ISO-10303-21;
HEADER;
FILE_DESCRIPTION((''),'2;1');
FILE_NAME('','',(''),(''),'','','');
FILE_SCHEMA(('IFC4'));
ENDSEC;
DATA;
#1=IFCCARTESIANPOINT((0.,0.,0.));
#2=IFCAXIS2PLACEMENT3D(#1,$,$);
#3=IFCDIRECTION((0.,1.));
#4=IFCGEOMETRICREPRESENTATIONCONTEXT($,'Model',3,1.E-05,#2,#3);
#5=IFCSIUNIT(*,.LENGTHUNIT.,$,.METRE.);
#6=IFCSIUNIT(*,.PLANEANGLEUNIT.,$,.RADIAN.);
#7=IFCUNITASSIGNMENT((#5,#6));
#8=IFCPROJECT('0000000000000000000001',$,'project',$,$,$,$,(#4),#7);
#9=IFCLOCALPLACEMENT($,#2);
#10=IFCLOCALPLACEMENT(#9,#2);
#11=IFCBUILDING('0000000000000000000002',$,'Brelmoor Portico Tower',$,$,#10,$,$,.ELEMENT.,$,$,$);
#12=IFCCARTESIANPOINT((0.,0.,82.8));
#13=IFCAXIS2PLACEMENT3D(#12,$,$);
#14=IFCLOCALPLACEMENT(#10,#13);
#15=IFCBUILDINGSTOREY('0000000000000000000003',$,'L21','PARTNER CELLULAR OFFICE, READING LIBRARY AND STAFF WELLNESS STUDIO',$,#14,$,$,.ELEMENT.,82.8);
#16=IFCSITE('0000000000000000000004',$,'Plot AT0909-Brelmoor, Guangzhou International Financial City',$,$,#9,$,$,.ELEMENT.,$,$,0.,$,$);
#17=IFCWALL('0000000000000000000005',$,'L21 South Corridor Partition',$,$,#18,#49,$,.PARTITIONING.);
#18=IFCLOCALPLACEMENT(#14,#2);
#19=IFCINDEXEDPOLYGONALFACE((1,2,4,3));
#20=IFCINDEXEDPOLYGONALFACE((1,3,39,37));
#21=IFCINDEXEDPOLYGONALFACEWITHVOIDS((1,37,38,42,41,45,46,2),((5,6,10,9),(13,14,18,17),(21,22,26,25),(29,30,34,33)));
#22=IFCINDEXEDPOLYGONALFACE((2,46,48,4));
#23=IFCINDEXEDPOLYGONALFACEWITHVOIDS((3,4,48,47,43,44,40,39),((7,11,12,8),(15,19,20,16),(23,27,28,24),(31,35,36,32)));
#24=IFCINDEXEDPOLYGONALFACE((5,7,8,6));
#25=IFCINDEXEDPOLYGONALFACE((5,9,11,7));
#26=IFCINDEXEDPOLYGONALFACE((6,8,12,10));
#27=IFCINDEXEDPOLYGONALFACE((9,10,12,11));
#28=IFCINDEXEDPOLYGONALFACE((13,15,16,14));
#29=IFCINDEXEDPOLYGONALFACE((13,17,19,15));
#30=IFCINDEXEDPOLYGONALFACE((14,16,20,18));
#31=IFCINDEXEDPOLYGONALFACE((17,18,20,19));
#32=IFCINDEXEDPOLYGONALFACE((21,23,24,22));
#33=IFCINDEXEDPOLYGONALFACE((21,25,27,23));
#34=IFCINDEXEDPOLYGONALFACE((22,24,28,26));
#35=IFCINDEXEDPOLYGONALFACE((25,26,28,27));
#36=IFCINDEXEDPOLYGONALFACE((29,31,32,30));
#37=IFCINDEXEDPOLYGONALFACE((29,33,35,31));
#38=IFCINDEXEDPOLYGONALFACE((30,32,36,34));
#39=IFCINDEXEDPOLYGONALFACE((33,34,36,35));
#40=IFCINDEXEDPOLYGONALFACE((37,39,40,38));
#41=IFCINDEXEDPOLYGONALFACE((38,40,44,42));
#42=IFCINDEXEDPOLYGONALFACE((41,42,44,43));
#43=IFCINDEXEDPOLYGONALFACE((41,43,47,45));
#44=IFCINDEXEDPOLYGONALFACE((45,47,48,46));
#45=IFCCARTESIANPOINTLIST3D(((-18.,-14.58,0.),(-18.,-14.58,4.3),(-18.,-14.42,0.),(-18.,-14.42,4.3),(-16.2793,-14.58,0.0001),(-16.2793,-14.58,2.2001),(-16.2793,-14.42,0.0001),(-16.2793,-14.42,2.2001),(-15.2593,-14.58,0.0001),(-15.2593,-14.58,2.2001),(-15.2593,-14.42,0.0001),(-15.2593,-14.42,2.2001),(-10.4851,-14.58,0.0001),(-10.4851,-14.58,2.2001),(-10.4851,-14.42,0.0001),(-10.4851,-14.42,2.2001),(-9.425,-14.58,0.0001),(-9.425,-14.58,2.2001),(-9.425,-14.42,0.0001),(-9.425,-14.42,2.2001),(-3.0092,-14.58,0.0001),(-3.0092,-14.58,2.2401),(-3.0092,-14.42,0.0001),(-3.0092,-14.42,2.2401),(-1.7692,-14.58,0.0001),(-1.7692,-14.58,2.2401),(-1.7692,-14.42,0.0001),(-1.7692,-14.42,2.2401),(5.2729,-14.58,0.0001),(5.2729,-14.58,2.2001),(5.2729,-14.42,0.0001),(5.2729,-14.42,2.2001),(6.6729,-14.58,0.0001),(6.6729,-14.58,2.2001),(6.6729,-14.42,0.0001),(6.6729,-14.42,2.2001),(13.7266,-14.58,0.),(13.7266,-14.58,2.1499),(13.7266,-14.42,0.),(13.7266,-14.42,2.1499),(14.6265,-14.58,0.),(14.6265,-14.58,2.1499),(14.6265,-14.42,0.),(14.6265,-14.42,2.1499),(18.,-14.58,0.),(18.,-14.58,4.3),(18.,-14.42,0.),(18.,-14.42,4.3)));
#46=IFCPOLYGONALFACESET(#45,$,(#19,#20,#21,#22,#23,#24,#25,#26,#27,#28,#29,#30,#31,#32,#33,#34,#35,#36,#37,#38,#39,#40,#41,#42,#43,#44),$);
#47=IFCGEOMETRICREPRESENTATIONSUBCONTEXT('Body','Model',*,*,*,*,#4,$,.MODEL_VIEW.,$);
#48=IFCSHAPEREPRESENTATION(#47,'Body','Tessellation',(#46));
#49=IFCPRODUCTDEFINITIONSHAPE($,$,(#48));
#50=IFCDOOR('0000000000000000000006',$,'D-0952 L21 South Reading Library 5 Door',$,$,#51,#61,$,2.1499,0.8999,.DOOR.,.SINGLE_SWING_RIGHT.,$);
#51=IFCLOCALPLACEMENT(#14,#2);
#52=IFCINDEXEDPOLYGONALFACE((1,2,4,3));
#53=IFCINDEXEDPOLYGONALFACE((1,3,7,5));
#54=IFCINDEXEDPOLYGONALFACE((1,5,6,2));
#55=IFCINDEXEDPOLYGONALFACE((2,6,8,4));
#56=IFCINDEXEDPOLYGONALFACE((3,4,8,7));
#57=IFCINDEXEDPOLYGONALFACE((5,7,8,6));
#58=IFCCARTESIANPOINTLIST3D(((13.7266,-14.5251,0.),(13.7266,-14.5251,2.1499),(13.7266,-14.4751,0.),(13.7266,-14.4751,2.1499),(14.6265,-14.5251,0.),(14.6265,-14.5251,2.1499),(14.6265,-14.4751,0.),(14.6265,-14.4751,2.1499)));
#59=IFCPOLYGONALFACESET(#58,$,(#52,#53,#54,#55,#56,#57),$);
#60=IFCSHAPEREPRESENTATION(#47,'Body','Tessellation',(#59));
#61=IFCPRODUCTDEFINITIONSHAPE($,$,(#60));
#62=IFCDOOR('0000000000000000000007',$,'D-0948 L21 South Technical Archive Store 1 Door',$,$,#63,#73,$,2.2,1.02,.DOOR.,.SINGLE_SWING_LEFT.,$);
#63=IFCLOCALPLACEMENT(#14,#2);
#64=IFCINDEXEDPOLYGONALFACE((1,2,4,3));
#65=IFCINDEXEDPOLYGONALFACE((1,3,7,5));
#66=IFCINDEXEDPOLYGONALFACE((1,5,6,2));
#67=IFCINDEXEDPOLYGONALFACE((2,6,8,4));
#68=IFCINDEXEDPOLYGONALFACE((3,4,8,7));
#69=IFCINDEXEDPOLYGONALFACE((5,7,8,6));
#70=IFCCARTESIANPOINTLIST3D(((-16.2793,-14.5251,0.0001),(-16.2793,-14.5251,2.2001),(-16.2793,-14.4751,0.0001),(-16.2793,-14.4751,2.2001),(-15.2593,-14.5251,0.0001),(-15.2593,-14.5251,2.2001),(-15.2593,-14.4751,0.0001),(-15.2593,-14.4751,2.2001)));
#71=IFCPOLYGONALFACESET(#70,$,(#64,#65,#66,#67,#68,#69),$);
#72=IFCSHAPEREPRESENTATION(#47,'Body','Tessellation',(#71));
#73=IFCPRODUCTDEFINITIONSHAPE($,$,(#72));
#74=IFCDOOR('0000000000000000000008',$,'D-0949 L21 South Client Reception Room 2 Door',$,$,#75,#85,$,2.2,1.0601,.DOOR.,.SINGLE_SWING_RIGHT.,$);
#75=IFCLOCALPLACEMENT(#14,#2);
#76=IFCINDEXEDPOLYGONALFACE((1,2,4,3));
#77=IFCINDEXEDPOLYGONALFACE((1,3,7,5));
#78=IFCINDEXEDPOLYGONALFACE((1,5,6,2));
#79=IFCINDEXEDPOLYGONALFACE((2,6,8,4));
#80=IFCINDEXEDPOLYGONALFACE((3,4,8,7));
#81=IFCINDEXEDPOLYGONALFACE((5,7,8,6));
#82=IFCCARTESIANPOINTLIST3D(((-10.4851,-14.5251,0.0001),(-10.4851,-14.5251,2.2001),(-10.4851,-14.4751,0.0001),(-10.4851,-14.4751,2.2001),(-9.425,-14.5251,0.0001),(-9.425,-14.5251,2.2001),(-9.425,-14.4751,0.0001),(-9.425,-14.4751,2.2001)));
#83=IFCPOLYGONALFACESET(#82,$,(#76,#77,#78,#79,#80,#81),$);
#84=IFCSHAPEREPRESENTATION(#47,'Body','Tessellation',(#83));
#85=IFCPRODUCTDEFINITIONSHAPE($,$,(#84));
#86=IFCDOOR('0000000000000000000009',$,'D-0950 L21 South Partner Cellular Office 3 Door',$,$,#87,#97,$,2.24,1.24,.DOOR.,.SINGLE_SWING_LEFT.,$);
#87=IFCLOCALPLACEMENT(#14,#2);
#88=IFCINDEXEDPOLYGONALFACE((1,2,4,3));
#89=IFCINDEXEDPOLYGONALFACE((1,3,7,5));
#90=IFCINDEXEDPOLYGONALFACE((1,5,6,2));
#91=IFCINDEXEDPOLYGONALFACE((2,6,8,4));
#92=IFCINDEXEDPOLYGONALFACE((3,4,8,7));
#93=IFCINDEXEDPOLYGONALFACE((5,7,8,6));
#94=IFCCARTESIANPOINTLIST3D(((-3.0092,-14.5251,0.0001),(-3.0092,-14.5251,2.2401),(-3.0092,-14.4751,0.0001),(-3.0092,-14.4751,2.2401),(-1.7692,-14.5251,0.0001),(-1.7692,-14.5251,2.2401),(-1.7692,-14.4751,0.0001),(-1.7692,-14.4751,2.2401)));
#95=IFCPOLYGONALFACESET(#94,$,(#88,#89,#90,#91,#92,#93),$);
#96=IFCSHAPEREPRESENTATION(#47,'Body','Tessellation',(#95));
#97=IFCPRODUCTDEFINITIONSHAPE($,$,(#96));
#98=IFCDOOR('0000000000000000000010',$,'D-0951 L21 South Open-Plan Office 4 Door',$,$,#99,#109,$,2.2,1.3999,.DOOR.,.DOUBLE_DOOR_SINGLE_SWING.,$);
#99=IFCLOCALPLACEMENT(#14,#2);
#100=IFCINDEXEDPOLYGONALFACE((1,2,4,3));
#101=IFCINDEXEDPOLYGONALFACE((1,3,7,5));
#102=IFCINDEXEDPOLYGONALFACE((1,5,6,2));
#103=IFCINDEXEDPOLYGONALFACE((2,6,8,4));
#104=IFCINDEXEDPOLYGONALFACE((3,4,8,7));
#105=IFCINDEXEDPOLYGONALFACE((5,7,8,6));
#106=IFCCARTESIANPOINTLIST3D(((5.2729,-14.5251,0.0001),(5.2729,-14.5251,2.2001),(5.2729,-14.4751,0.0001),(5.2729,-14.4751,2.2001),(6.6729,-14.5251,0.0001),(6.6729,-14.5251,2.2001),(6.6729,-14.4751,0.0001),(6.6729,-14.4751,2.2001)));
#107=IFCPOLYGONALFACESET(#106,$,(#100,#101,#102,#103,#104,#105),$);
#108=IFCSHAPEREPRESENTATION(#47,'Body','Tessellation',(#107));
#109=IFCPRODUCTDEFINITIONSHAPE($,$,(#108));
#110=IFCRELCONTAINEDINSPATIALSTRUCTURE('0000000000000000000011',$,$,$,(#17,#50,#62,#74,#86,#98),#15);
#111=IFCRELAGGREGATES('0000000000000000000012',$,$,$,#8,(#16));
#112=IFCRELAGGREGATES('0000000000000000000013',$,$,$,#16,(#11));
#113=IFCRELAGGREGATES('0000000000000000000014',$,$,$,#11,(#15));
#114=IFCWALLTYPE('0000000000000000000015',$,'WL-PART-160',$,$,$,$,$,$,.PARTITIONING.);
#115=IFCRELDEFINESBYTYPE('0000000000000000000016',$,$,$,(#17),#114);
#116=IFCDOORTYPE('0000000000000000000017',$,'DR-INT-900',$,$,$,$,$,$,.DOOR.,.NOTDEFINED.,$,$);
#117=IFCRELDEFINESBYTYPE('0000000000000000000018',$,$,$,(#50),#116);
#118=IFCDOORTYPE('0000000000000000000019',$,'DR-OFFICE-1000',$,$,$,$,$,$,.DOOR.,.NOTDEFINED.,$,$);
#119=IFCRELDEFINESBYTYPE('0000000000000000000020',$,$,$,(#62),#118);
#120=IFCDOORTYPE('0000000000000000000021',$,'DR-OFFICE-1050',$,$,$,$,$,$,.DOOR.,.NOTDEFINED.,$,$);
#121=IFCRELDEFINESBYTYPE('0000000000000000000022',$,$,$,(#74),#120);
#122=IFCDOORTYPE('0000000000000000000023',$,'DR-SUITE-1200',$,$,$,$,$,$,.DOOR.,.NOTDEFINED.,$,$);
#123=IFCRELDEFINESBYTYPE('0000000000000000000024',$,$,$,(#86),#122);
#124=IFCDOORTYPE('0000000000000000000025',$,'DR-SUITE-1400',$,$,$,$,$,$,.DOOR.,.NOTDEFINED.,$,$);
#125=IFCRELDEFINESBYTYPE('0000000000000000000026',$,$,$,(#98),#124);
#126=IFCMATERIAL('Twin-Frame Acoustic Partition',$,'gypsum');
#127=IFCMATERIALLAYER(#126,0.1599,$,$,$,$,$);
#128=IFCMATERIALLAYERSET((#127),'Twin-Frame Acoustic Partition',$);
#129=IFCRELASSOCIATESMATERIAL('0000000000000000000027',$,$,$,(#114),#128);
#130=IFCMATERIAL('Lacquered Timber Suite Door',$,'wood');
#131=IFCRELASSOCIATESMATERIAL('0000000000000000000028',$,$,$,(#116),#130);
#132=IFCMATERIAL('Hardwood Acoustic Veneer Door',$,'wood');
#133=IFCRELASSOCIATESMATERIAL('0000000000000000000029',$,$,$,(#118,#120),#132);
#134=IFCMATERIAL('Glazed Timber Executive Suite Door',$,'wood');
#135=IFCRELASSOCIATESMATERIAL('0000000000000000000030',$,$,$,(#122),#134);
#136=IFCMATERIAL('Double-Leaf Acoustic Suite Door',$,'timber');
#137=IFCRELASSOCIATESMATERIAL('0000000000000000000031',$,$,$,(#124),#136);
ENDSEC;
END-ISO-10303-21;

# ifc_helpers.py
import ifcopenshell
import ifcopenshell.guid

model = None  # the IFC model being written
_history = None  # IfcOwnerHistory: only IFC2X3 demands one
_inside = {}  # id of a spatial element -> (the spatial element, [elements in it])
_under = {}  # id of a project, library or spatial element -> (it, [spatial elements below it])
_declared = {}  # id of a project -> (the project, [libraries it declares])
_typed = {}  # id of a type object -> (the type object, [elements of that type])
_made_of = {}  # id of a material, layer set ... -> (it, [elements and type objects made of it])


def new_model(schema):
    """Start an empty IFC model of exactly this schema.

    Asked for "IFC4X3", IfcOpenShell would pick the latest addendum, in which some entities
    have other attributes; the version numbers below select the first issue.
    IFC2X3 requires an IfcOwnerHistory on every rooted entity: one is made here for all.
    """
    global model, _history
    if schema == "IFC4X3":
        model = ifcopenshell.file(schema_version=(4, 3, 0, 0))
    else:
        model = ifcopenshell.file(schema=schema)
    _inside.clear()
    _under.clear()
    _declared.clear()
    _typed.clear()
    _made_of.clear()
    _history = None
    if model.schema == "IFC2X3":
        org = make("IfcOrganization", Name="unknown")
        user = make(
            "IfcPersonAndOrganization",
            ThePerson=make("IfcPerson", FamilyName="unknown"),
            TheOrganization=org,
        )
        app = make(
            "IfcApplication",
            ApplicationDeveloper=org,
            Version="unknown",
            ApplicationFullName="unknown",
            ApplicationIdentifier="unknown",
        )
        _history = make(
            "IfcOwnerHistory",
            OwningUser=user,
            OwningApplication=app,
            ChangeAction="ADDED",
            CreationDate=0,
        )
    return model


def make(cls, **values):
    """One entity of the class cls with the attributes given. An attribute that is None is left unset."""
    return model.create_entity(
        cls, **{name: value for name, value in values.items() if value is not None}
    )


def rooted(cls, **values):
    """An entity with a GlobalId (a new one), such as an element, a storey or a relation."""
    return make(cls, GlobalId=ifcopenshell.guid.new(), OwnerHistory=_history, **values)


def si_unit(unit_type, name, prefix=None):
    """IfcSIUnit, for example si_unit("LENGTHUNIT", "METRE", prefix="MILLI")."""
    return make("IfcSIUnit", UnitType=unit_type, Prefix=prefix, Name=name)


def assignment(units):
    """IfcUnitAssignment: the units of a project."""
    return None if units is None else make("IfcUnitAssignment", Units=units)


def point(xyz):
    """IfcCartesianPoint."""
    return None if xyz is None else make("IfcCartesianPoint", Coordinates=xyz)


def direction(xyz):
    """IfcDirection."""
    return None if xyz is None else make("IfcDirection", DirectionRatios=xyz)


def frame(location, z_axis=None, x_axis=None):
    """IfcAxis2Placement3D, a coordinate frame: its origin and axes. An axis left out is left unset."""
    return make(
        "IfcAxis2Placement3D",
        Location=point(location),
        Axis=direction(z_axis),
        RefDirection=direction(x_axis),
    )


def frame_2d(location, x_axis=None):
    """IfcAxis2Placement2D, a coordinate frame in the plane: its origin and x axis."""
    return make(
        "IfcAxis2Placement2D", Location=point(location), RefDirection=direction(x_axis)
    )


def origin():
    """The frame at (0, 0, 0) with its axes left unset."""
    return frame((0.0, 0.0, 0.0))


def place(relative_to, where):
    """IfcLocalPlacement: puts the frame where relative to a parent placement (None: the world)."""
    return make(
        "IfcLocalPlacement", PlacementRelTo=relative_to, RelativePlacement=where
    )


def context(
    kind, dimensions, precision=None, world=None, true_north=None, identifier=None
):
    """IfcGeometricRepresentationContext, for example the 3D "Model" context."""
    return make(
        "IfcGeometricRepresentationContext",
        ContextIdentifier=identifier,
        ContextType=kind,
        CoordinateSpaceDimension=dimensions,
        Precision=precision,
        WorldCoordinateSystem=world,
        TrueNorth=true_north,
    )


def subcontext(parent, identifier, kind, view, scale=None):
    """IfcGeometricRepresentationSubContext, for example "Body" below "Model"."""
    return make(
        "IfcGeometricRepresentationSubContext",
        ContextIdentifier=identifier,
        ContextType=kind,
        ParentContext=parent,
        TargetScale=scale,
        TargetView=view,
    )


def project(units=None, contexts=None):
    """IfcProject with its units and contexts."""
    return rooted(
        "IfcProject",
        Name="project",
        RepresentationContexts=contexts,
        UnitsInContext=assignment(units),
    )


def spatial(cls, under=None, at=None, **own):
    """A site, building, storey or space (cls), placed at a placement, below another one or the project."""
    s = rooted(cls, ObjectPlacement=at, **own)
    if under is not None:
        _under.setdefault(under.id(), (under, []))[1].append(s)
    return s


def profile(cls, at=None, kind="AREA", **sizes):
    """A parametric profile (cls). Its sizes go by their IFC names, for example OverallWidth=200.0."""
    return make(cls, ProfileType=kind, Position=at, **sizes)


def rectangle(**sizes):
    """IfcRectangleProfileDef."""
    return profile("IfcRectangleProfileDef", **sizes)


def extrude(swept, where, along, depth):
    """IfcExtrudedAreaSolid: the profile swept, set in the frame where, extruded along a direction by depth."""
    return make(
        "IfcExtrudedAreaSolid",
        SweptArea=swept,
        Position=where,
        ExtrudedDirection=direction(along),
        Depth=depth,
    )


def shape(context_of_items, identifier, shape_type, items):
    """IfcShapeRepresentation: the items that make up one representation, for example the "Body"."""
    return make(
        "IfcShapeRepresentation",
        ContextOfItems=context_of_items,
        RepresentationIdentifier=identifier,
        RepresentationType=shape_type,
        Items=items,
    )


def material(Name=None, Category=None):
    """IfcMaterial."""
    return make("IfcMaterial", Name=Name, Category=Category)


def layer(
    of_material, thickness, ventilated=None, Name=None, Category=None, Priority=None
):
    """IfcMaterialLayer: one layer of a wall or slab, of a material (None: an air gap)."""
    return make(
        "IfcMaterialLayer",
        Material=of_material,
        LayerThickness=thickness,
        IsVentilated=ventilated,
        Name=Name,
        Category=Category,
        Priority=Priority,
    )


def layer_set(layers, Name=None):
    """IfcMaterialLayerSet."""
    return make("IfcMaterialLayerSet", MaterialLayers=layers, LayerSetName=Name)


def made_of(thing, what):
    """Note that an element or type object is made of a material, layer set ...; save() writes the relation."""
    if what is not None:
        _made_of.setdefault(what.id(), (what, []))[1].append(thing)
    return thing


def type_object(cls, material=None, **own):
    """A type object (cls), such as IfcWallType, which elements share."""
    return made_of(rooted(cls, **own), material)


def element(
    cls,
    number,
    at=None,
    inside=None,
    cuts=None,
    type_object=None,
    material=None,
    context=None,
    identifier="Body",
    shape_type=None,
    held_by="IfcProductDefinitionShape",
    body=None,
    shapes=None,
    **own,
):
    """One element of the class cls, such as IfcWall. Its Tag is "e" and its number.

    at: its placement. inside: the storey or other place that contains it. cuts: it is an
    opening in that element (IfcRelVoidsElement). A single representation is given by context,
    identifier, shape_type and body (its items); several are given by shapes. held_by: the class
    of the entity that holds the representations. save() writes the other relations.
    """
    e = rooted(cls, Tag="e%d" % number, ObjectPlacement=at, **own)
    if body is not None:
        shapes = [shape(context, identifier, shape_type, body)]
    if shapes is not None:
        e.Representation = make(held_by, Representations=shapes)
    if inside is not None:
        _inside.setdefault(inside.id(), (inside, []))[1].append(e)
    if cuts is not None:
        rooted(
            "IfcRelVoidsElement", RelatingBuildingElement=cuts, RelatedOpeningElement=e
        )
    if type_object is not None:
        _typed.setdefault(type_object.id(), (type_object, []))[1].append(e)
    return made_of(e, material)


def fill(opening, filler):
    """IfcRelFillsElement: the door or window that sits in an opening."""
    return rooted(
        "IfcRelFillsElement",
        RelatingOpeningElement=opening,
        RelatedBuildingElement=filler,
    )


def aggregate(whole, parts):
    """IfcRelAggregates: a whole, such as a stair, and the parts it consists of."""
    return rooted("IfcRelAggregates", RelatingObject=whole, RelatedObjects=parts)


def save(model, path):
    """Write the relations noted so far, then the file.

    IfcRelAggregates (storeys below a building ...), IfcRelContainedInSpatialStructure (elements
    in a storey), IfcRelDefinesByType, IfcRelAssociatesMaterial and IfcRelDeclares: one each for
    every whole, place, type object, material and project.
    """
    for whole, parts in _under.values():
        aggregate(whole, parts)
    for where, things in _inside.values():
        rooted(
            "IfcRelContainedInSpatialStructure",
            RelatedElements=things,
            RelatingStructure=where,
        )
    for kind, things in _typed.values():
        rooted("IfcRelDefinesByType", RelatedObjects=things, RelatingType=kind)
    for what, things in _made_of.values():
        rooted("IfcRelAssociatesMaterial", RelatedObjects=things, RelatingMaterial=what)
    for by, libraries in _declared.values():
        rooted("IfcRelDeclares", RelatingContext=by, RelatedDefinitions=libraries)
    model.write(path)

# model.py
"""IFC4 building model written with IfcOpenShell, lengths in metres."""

from ifc_helpers import new_model, si_unit, direction, frame, frame_2d, origin, place, context, subcontext, project, spatial, rectangle, extrude, material, layer, layer_set, type_object, element, fill, save


model = new_model("IFC4")

# Units and contexts
model_context = context("Model", 3, precision=1e-05, world=origin(), true_north=direction((0.0, 1.0)))
body_context = subcontext(model_context, "Body", "Model", "MODEL_VIEW")
ifc_project = project(units=[si_unit("LENGTHUNIT", "METRE"), si_unit("PLANEANGLEUNIT", "RADIAN")], contexts=[model_context])

# Site, building, storey
site_placement = place(None, origin())
site = spatial("IfcSite", under=ifc_project, at=site_placement, Name="Plot AT0909-Brelmoor, Guangzhou International Financial City", CompositionType="ELEMENT", RefElevation=0.0)
building_placement = place(site_placement, origin())
building = spatial("IfcBuilding", under=site, at=building_placement, Name="Brelmoor Portico Tower", CompositionType="ELEMENT")
storey_placement = place(building_placement, frame((0.0, 0.0, 82.8)))
storey = spatial("IfcBuildingStorey", under=building, at=storey_placement, Name="L21", Description="PARTNER CELLULAR OFFICE, READING LIBRARY AND STAFF WELLNESS STUDIO", CompositionType="ELEMENT", Elevation=82.8)

# Wall, openings, doors
ifc_material_1 = material(Name="Twin-Frame Acoustic Partition", Category="gypsum")
ifc_layer_1 = layer(ifc_material_1, 0.1599)
ifc_layer_set_1 = layer_set([ifc_layer_1], Name="Twin-Frame Acoustic Partition")
wall_type = type_object("IfcWallType", Name="WL-PART-160", PredefinedType="PARTITIONING", material=ifc_layer_set_1)
wall_1_placement = place(storey_placement, frame((-18.0, -14.5, 0.0), z_axis=(0.0, 0.0, 1.0), x_axis=(1.0, 0.0, 0.0)))
wall_1 = element("IfcWall", 1, at=wall_1_placement, inside=storey, type_object=wall_type, Name="L21 South Corridor Partition", PredefinedType="PARTITIONING", context=body_context, shape_type="SweptSolid", body=[
    extrude(rectangle(XDim=36.0, YDim=0.1599, at=frame_2d((18.0, 0.0))), origin(), (0.0, 0.0, 1.0), 4.3),
])
opening_1_placement = place(wall_1_placement, frame((1.7207, 0.0, 0.0)))
opening_1 = element("IfcOpeningElement", 2, at=opening_1_placement, cuts=wall_1, PredefinedType="OPENING", context=body_context, shape_type="SweptSolid", body=[
    extrude(rectangle(XDim=1.02, YDim=2.2, at=frame_2d((0.51, 1.1001))), frame((0.0, 0.0898, 0.0), z_axis=(0.0, -1.0, 0.0), x_axis=(1.0, 0.0, 0.0)), (0.0, 0.0, 1.0), 0.1799),
])
opening_2_placement = place(wall_1_placement, frame((7.5149, 0.0, 0.0)))
opening_2 = element("IfcOpeningElement", 3, at=opening_2_placement, cuts=wall_1, PredefinedType="OPENING", context=body_context, shape_type="SweptSolid", body=[
    extrude(rectangle(XDim=1.0601, YDim=2.2, at=frame_2d((0.53, 1.1001))), frame((0.0, 0.0898, 0.0), z_axis=(0.0, -1.0, 0.0), x_axis=(1.0, 0.0, 0.0)), (0.0, 0.0, 1.0), 0.1799),
])
opening_3_placement = place(wall_1_placement, frame((14.9907, 0.0, 0.0)))
opening_3 = element("IfcOpeningElement", 4, at=opening_3_placement, cuts=wall_1, PredefinedType="OPENING", context=body_context, shape_type="SweptSolid", body=[
    extrude(rectangle(XDim=1.24, YDim=2.24, at=frame_2d((0.6201, 1.1201))), frame((0.0, 0.0898, 0.0), z_axis=(0.0, -1.0, 0.0), x_axis=(1.0, 0.0, 0.0)), (0.0, 0.0, 1.0), 0.1799),
])
opening_4_placement = place(wall_1_placement, frame((23.2729, 0.0, 0.0)))
opening_4 = element("IfcOpeningElement", 5, at=opening_4_placement, cuts=wall_1, PredefinedType="OPENING", context=body_context, shape_type="SweptSolid", body=[
    extrude(rectangle(XDim=1.3999, YDim=2.2, at=frame_2d((0.7, 1.1001))), frame((0.0, 0.0898, 0.0), z_axis=(0.0, -1.0, 0.0), x_axis=(1.0, 0.0, 0.0)), (0.0, 0.0, 1.0), 0.1799),
])
opening_5_placement = place(wall_1_placement, frame((31.7266, 0.0, 0.0)))
opening_5 = element("IfcOpeningElement", 6, at=opening_5_placement, cuts=wall_1, PredefinedType="OPENING", context=body_context, shape_type="SweptSolid", body=[
    extrude(rectangle(XDim=0.8999, YDim=2.1499, at=frame_2d((0.45, 1.075))), frame((0.0, 0.0898, 0.0), z_axis=(0.0, -1.0, 0.0), x_axis=(1.0, 0.0, 0.0)), (0.0, 0.0, 1.0), 0.1799),
])
ifc_material_2 = material(Name="Lacquered Timber Suite Door", Category="wood")
door_type_1 = type_object("IfcDoorType", Name="DR-INT-900", OperationType="NOTDEFINED", PredefinedType="DOOR", material=ifc_material_2)
door_1_placement = place(opening_5_placement, origin())
door_1 = element("IfcDoor", 7, at=door_1_placement, inside=storey, type_object=door_type_1, Name="D-0952 L21 South Reading Library 5 Door", OperationType="SINGLE_SWING_RIGHT", OverallHeight=2.1499, OverallWidth=0.8999, PredefinedType="DOOR", context=body_context, shape_type="SweptSolid", body=[
    extrude(rectangle(XDim=0.8999, YDim=2.1499, at=frame_2d((0.45, 1.075))), frame((0.0, 0.0249, 0.0), z_axis=(0.0, -1.0, 0.0), x_axis=(1.0, 0.0, 0.0)), (0.0, 0.0, 1.0), 0.05),
])
fill(opening_5, door_1)
ifc_material_3 = material(Name="Hardwood Acoustic Veneer Door", Category="wood")
door_type_2 = type_object("IfcDoorType", Name="DR-OFFICE-1000", OperationType="NOTDEFINED", PredefinedType="DOOR", material=ifc_material_3)
door_2_placement = place(opening_1_placement, origin())
door_2 = element("IfcDoor", 8, at=door_2_placement, inside=storey, type_object=door_type_2, Name="D-0948 L21 South Technical Archive Store 1 Door", OperationType="SINGLE_SWING_LEFT", OverallHeight=2.2, OverallWidth=1.02, PredefinedType="DOOR", context=body_context, shape_type="SweptSolid", body=[
    extrude(rectangle(XDim=1.02, YDim=2.2, at=frame_2d((0.51, 1.1001))), frame((0.0, 0.0249, 0.0), z_axis=(0.0, -1.0, 0.0), x_axis=(1.0, 0.0, 0.0)), (0.0, 0.0, 1.0), 0.05),
])
fill(opening_1, door_2)
door_type_3 = type_object("IfcDoorType", Name="DR-OFFICE-1050", OperationType="NOTDEFINED", PredefinedType="DOOR", material=ifc_material_3)
door_3_placement = place(opening_2_placement, origin())
door_3 = element("IfcDoor", 9, at=door_3_placement, inside=storey, type_object=door_type_3, Name="D-0949 L21 South Client Reception Room 2 Door", OperationType="SINGLE_SWING_RIGHT", OverallHeight=2.2, OverallWidth=1.0601, PredefinedType="DOOR", context=body_context, shape_type="SweptSolid", body=[
    extrude(rectangle(XDim=1.0601, YDim=2.2, at=frame_2d((0.53, 1.1001))), frame((0.0, 0.0249, 0.0), z_axis=(0.0, -1.0, 0.0), x_axis=(1.0, 0.0, 0.0)), (0.0, 0.0, 1.0), 0.05),
])
fill(opening_2, door_3)
ifc_material_4 = material(Name="Glazed Timber Executive Suite Door", Category="wood")
door_type_4 = type_object("IfcDoorType", Name="DR-SUITE-1200", OperationType="NOTDEFINED", PredefinedType="DOOR", material=ifc_material_4)
door_4_placement = place(opening_3_placement, origin())
door_4 = element("IfcDoor", 10, at=door_4_placement, inside=storey, type_object=door_type_4, Name="D-0950 L21 South Partner Cellular Office 3 Door", OperationType="SINGLE_SWING_LEFT", OverallHeight=2.24, OverallWidth=1.24, PredefinedType="DOOR", context=body_context, shape_type="SweptSolid", body=[
    extrude(rectangle(XDim=1.24, YDim=2.24, at=frame_2d((0.6201, 1.1201))), frame((0.0, 0.0249, 0.0), z_axis=(0.0, -1.0, 0.0), x_axis=(1.0, 0.0, 0.0)), (0.0, 0.0, 1.0), 0.05),
])
fill(opening_3, door_4)
ifc_material_5 = material(Name="Double-Leaf Acoustic Suite Door", Category="timber")
door_type_5 = type_object("IfcDoorType", Name="DR-SUITE-1400", OperationType="NOTDEFINED", PredefinedType="DOOR", material=ifc_material_5)
door_5_placement = place(opening_4_placement, origin())
door_5 = element("IfcDoor", 11, at=door_5_placement, inside=storey, type_object=door_type_5, Name="D-0951 L21 South Open-Plan Office 4 Door", OperationType="DOUBLE_DOOR_SINGLE_SWING", OverallHeight=2.2, OverallWidth=1.3999, PredefinedType="DOOR", context=body_context, shape_type="SweptSolid", body=[
    extrude(rectangle(XDim=1.3999, YDim=2.2, at=frame_2d((0.7, 1.1001))), frame((0.0, 0.0249, 0.0), z_axis=(0.0, -1.0, 0.0), x_axis=(1.0, 0.0, 0.0)), (0.0, 0.0, 1.0), 0.05),
])
fill(opening_4, door_5)

save(model, "model.ifc")
